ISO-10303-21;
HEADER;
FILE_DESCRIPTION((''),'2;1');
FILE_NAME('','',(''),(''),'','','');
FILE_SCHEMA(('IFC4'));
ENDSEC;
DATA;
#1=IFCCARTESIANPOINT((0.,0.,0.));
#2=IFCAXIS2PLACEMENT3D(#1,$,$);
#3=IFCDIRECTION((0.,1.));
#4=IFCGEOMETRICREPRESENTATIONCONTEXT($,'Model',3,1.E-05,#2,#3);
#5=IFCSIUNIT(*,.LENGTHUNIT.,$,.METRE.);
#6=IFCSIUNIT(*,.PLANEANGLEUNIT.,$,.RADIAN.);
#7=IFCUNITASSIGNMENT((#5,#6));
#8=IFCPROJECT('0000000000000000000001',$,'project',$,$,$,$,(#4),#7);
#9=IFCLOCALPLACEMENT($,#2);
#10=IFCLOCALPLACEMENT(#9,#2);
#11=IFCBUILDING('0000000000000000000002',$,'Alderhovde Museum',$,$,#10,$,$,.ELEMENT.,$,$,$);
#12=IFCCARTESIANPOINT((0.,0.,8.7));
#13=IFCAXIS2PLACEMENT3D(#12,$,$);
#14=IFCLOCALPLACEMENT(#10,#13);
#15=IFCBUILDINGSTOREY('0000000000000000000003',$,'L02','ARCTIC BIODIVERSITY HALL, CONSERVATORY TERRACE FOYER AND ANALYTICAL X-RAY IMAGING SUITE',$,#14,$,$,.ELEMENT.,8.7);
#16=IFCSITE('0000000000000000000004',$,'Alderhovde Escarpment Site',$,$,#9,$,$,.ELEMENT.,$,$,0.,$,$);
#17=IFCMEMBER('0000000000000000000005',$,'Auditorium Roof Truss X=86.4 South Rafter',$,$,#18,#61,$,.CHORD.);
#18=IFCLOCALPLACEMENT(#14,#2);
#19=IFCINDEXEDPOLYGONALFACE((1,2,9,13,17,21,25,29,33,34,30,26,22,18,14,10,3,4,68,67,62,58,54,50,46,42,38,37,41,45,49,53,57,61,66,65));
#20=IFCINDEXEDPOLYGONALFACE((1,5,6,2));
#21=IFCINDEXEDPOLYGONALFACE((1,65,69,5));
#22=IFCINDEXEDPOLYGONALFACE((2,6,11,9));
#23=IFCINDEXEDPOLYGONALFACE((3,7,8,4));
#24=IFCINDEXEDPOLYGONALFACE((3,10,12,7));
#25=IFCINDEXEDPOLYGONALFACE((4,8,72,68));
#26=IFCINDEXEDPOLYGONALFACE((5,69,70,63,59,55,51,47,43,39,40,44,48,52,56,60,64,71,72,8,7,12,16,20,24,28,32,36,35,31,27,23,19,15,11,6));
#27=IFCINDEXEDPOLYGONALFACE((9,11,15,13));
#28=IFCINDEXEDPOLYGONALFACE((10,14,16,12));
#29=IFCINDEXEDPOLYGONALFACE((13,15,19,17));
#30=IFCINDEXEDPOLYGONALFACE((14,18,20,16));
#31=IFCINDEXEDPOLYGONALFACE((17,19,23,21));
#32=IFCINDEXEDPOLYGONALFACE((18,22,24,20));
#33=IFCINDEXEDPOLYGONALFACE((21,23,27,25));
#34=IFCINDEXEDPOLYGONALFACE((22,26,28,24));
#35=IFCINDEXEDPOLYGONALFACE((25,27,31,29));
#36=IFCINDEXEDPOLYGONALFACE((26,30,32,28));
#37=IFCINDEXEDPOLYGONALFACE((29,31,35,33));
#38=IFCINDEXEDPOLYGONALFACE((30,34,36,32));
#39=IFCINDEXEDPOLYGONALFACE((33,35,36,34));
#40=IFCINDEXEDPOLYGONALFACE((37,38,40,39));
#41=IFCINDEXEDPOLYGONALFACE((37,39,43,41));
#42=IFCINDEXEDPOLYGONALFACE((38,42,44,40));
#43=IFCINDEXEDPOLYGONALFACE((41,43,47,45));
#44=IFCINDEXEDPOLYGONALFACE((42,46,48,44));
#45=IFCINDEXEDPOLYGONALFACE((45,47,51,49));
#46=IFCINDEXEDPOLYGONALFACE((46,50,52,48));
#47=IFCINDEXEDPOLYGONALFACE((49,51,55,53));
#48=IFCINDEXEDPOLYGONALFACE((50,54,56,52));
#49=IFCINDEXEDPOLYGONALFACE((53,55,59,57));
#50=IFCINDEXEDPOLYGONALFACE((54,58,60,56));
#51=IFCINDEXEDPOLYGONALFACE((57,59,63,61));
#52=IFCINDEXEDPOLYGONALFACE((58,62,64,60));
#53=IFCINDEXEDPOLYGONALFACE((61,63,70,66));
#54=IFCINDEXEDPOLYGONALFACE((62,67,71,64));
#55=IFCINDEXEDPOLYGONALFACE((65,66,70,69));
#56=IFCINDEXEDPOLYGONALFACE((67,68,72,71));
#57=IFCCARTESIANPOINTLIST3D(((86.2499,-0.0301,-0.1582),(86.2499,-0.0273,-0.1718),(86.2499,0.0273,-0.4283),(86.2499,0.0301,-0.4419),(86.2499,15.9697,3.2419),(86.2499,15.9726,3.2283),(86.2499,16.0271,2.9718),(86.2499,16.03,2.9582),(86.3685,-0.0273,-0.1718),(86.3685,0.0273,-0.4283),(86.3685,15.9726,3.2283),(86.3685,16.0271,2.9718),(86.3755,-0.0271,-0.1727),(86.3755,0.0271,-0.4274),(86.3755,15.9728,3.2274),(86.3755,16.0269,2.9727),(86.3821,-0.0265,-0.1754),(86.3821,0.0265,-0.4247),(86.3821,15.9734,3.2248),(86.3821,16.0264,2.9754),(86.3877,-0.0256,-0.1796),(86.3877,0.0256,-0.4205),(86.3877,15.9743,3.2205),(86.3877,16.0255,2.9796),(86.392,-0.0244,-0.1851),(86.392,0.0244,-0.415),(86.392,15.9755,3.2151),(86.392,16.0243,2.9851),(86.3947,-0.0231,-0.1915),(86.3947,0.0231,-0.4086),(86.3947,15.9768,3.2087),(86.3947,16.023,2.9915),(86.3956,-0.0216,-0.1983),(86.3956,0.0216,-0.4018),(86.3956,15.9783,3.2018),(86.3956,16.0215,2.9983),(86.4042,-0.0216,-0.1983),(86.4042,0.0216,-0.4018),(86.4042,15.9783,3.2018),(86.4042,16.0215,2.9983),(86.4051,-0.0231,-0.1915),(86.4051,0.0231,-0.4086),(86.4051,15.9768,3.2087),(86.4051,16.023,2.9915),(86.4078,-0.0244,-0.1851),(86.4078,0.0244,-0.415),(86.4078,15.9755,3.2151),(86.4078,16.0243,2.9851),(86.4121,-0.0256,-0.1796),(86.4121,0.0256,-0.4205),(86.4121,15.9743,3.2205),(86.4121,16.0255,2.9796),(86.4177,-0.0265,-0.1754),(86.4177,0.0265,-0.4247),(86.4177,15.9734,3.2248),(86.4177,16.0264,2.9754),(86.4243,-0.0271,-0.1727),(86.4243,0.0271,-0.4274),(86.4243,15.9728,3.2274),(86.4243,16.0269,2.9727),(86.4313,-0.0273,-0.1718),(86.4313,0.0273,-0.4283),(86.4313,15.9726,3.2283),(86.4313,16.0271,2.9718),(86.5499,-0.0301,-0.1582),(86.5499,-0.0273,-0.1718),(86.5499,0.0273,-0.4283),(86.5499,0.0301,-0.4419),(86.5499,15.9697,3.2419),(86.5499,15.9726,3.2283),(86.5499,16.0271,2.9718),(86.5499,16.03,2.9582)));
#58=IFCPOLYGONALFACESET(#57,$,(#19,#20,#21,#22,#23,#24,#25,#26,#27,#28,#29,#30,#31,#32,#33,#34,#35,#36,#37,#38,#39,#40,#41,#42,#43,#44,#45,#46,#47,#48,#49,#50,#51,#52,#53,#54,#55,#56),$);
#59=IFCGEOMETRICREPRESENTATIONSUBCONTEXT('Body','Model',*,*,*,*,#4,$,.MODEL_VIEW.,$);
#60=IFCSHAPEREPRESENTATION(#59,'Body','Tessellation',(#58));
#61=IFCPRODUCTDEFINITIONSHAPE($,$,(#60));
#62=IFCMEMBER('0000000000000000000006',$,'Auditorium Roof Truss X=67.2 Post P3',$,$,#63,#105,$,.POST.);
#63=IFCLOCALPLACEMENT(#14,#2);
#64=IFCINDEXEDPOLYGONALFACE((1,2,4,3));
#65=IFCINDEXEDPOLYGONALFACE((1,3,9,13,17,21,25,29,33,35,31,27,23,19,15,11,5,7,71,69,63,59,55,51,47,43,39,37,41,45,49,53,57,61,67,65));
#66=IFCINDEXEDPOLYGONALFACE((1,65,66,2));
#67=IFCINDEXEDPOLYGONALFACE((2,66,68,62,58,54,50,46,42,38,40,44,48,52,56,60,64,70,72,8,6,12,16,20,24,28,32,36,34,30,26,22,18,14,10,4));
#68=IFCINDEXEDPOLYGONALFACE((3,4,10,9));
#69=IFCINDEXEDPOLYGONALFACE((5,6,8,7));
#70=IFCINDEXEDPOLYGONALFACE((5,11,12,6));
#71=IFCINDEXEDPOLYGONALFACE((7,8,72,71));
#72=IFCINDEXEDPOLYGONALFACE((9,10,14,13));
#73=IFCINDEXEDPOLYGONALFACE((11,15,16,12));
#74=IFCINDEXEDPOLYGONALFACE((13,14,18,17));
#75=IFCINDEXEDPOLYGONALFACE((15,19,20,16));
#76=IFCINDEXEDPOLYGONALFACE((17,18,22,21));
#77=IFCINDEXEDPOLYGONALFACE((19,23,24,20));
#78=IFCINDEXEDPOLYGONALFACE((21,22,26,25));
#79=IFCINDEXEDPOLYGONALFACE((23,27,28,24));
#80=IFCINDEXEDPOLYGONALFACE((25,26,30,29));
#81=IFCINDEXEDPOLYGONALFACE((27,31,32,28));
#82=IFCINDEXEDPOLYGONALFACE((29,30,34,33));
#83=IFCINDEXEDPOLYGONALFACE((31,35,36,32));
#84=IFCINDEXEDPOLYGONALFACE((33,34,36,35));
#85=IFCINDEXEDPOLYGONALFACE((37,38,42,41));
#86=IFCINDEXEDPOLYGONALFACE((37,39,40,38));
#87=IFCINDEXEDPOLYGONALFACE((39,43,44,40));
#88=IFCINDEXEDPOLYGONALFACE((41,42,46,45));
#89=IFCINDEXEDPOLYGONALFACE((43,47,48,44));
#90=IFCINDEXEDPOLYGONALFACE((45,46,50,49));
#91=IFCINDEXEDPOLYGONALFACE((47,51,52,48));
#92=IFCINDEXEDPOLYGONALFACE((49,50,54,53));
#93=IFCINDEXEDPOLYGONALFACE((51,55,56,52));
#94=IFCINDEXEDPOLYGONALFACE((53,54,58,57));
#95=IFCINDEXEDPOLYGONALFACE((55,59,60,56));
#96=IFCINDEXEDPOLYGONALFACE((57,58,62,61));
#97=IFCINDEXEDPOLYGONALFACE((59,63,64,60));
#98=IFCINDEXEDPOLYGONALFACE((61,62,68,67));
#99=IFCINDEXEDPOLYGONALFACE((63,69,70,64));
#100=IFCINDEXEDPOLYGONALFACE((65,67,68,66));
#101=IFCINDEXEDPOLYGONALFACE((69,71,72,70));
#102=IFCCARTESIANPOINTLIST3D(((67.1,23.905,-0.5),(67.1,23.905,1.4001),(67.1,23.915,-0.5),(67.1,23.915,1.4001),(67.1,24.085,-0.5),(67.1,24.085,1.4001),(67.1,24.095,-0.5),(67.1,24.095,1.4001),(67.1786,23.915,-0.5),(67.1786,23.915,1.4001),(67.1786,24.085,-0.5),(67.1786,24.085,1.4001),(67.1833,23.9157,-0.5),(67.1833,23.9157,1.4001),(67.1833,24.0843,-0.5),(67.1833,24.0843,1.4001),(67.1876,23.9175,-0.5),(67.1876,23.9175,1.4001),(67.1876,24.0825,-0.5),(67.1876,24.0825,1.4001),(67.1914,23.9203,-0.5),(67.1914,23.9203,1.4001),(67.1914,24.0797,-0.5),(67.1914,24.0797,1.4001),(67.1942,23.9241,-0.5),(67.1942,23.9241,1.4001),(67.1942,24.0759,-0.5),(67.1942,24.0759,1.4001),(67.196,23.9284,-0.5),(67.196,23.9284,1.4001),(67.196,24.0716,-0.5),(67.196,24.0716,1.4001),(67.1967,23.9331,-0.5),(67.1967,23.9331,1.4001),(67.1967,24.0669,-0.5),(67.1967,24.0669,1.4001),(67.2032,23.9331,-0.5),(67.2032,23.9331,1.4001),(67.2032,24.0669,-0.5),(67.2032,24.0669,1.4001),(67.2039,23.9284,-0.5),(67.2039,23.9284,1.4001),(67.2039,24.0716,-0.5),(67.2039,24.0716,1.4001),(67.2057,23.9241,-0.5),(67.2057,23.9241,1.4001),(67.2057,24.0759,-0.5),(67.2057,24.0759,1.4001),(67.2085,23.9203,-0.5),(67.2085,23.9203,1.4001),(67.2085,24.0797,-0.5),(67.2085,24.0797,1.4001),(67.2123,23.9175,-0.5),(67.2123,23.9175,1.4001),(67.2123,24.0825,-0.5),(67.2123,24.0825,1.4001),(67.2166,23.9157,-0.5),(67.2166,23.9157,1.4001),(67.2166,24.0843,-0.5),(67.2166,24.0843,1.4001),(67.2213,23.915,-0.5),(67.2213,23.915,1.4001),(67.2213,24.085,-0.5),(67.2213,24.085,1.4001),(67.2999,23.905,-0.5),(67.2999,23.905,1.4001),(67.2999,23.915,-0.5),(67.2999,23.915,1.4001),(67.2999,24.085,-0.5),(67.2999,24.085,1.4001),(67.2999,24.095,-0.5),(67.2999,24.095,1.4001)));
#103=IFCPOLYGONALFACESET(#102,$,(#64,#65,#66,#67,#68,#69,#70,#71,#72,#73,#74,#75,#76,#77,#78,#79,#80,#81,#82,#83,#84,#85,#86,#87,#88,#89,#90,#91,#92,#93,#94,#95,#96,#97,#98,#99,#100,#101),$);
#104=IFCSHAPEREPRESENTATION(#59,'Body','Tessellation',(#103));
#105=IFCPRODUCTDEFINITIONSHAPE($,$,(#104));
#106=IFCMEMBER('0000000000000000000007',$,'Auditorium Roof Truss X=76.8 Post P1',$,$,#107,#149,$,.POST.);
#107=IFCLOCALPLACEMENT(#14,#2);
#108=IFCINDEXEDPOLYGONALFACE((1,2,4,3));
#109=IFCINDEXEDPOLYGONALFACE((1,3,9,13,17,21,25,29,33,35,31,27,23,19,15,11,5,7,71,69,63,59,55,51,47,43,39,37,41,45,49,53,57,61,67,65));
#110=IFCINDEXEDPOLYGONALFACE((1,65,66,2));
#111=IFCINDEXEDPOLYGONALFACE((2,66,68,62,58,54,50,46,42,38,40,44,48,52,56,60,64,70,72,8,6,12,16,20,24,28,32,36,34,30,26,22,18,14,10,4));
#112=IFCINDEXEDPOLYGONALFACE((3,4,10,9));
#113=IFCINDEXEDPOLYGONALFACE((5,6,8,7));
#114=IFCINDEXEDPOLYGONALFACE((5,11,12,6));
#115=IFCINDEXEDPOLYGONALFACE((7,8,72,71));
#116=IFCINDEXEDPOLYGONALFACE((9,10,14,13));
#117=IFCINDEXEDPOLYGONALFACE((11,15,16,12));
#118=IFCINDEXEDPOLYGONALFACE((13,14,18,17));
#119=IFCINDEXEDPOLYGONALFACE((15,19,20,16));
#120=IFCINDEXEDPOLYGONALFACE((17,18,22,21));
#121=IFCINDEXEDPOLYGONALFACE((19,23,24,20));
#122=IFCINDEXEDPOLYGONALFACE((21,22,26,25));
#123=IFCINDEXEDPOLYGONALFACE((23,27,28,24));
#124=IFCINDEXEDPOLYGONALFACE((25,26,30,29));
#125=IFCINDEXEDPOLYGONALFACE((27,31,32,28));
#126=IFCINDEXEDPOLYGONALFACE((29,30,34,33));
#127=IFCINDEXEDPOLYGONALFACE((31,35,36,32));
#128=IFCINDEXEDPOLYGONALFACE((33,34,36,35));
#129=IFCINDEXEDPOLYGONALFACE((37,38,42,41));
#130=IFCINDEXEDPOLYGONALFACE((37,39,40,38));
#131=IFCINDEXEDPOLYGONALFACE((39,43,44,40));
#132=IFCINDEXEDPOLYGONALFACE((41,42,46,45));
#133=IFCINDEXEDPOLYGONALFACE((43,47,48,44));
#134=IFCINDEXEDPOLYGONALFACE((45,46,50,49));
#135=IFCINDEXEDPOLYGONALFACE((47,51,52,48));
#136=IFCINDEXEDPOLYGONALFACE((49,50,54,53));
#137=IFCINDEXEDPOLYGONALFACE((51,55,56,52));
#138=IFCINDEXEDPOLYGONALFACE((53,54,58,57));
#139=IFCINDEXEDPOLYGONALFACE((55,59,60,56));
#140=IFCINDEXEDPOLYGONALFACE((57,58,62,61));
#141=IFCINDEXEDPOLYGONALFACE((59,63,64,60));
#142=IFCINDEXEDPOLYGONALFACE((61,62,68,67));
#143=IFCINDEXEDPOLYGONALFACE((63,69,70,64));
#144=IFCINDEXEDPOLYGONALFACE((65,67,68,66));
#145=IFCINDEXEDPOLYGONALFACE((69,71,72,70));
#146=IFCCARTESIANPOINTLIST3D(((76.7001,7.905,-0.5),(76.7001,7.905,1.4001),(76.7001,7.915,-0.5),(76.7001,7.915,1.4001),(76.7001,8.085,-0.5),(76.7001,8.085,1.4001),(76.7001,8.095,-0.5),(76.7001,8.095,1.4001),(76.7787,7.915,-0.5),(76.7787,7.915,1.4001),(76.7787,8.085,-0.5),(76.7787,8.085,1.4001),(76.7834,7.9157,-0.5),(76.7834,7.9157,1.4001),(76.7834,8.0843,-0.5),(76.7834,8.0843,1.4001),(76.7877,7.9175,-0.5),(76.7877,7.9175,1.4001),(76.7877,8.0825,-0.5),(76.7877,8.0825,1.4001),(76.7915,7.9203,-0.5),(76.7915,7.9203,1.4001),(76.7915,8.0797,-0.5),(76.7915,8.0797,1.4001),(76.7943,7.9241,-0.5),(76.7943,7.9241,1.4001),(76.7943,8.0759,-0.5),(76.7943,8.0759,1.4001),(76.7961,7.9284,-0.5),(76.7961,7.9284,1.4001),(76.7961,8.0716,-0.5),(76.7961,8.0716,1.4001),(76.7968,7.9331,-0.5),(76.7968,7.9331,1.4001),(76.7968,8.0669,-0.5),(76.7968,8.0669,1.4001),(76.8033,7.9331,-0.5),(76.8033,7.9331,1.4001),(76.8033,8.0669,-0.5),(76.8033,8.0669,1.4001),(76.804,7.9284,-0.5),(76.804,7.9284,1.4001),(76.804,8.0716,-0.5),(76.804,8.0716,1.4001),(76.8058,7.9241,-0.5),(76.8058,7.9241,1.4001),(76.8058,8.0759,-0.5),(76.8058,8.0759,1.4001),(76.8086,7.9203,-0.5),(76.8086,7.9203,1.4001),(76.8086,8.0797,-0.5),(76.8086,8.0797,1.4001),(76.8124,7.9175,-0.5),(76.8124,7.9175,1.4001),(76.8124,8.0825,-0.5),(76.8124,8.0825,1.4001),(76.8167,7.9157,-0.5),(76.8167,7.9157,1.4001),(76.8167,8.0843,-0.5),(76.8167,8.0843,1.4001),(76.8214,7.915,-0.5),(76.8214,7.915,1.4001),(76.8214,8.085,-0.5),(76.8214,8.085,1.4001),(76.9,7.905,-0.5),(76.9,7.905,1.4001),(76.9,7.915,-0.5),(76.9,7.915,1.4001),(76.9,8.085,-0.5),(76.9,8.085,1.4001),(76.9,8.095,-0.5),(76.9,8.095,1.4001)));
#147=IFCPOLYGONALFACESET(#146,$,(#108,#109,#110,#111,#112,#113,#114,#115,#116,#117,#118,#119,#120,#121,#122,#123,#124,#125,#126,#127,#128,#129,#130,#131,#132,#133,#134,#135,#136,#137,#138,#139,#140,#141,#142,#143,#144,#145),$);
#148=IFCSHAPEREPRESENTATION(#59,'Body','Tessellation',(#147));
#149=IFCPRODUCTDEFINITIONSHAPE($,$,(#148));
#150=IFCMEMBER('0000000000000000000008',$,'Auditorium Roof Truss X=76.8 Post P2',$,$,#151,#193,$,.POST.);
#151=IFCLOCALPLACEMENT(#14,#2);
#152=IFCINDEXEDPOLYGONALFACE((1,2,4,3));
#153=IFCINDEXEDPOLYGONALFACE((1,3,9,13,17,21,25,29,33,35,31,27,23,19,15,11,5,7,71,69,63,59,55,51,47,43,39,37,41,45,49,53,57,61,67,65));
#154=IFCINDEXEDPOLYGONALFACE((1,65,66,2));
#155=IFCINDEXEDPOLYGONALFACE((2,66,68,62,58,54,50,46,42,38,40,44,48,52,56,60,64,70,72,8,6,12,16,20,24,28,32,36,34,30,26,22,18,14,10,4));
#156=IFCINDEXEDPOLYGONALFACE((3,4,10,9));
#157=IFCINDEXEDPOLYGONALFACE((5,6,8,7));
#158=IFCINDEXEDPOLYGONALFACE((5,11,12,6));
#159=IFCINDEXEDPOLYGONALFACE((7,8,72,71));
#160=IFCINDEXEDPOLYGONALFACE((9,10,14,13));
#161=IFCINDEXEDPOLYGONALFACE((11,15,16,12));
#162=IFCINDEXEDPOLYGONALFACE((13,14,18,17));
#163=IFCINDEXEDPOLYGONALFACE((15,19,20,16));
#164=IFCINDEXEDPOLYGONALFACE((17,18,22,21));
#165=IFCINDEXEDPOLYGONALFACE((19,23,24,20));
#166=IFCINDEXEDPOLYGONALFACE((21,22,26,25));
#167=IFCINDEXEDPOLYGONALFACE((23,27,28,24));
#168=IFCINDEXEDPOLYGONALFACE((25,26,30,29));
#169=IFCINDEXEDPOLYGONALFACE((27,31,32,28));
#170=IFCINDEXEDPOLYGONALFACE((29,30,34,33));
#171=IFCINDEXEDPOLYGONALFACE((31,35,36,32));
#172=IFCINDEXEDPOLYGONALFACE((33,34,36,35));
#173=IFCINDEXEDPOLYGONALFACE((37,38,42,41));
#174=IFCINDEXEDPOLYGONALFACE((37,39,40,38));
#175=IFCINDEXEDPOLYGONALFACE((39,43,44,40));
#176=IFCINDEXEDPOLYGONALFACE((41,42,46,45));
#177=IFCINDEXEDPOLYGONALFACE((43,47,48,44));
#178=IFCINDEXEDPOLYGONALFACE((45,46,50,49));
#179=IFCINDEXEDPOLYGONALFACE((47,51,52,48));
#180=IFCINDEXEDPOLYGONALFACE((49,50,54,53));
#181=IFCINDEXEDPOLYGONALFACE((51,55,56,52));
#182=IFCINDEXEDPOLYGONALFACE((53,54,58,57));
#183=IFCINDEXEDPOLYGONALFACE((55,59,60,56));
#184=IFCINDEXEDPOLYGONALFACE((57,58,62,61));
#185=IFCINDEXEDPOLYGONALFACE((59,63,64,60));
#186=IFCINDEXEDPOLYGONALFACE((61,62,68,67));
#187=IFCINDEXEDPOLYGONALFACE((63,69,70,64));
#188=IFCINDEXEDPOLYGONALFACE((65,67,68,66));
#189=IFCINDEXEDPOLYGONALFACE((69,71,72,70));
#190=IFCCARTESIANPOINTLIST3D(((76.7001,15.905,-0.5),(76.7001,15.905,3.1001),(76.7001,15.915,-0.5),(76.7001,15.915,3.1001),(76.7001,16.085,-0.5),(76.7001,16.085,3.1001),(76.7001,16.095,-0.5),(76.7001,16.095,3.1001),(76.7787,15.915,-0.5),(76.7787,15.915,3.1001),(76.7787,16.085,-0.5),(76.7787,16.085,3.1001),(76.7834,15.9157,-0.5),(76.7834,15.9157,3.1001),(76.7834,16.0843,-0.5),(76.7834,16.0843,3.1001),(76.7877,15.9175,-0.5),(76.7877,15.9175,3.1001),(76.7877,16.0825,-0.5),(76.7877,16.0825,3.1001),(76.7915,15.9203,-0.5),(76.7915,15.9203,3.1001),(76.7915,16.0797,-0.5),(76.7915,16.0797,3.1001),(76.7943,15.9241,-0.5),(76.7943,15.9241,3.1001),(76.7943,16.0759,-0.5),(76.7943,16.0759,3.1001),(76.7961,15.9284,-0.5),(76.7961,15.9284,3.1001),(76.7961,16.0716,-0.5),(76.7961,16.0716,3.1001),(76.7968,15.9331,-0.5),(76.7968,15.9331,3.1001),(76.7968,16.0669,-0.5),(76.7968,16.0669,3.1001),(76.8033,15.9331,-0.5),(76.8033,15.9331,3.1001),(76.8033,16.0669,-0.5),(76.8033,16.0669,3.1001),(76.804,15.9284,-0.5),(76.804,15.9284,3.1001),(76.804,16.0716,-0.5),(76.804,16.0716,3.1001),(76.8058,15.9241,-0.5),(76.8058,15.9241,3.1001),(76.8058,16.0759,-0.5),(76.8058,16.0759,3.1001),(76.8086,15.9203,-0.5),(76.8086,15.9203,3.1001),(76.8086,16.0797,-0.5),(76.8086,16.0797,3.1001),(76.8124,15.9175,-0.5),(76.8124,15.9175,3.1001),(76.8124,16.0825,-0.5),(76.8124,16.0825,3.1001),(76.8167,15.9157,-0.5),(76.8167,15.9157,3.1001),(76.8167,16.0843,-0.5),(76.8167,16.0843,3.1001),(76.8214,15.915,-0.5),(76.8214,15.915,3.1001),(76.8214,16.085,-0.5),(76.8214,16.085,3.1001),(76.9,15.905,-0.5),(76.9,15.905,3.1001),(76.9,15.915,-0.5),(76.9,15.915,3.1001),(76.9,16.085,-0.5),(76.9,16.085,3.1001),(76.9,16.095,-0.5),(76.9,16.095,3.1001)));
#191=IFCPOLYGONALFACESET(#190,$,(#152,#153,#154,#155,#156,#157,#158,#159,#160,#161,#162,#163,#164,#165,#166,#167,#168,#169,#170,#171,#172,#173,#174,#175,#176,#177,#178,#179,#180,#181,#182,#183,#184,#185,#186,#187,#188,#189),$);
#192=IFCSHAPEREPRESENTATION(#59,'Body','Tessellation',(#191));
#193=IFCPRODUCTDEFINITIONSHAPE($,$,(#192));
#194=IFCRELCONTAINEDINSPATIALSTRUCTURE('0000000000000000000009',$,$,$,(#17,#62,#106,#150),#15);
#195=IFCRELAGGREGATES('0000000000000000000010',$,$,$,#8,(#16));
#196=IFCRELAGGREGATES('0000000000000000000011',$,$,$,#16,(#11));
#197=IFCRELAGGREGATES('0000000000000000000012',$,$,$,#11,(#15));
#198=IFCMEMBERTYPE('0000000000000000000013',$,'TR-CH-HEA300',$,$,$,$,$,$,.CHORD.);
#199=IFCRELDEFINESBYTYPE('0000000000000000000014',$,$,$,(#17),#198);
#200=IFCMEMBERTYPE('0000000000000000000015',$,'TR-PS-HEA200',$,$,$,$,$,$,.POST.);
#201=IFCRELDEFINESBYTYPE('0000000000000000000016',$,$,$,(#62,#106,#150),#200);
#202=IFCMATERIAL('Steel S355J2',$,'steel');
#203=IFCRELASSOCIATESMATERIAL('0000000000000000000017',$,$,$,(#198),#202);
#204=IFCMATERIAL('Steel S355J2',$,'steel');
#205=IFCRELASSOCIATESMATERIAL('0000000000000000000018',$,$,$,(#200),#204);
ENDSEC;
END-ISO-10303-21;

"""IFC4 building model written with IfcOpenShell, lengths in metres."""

from ifc_helpers import new_model, si_unit, direction, frame, origin, origin_2d, place, context, subcontext, project, spatial, i_section, extrude, material, material_profile, profile_set, type_object, element, save


model = new_model("IFC4")

# Units and contexts
model_context = context("Model", 3, precision=1e-05, world=origin(), true_north=direction((0.0, 1.0)))
body_context = subcontext(model_context, "Body", "Model", "MODEL_VIEW")
ifc_project = project(units=[si_unit("LENGTHUNIT", "METRE"), si_unit("PLANEANGLEUNIT", "RADIAN")], contexts=[model_context])

# Site, building, storey
site_placement = place(None, origin())
site = spatial("IfcSite", under=ifc_project, at=site_placement, Name="Alderhovde Escarpment Site", CompositionType="ELEMENT", RefElevation=0.0)
building_placement = place(site_placement, origin())
building = spatial("IfcBuilding", under=site, at=building_placement, Name="Alderhovde Museum", CompositionType="ELEMENT")
storey_placement = place(building_placement, frame((0.0, 0.0, 8.7)))
storey = spatial("IfcBuildingStorey", under=building, at=storey_placement, Name="L02", Description="ARCTIC BIODIVERSITY HALL, CONSERVATORY TERRACE FOYER AND ANALYTICAL X-RAY IMAGING SUITE", CompositionType="ELEMENT", Elevation=8.7)

# Members
ifc_material_1 = material(Name="Steel S355J2", Category="steel")
ifc_material_profile_1 = material_profile(ifc_material_1, i_section(OverallWidth=0.3, OverallDepth=0.29, WebThickness=0.0085, FlangeThickness=0.0139, FilletRadius=0.0271, at=origin_2d()), Name="HEA 300")
ifc_profile_set_1 = profile_set([ifc_material_profile_1], Name="Steel S355J2")
member_type_1 = type_object("IfcMemberType", Name="TR-CH-HEA300", PredefinedType="CHORD", material=ifc_profile_set_1)
for number, where, z_axis, x_axis, name in (
    (1, (86.3999, 0.0, -0.3), (0.0, 0.978157, 0.207867), (-1.0, 0.0, 0.0), "Auditorium Roof Truss X=86.4 South Rafter"),
):
    element("IfcMember", number, at=place(storey_placement, frame(where, z_axis=z_axis, x_axis=x_axis)), inside=storey, type_object=member_type_1, Name=name, PredefinedType="CHORD", context=body_context, shape_type="SweptSolid", body=[
        extrude(i_section(OverallWidth=0.3, OverallDepth=0.29, WebThickness=0.0085, FlangeThickness=0.0139, FilletRadius=0.0271, at=origin_2d()), origin(), (0.0, 0.0, 1.0), 16.3572),
    ])
ifc_material_2 = material(Name="Steel S355J2", Category="steel")
ifc_material_profile_2 = material_profile(ifc_material_2, i_section(OverallWidth=0.2, OverallDepth=0.1899, WebThickness=0.0066, FlangeThickness=0.01, FilletRadius=0.0181, at=origin_2d()), Name="HEA 200")
ifc_profile_set_2 = profile_set([ifc_material_profile_2], Name="Steel S355J2")
member_type_2 = type_object("IfcMemberType", Name="TR-PS-HEA200", PredefinedType="POST", material=ifc_profile_set_2)
for number, where, z_axis, x_axis, name in (
    (2, (67.2, 24.0, -0.5), (0.0, 0.0, 1.0), (1.0, 0.0, 0.0), "Auditorium Roof Truss X=67.2 Post P3"),
    (3, (76.8, 8.0, -0.5), (0.0, 0.0, 1.0), (1.0, 0.0, 0.0), "Auditorium Roof Truss X=76.8 Post P1"),
):
    element("IfcMember", number, at=place(storey_placement, frame(where, z_axis=z_axis, x_axis=x_axis)), inside=storey, type_object=member_type_2, Name=name, PredefinedType="POST", context=body_context, shape_type="SweptSolid", body=[
        extrude(i_section(OverallWidth=0.2, OverallDepth=0.1899, WebThickness=0.0066, FlangeThickness=0.01, FilletRadius=0.0181, at=origin_2d()), origin(), (0.0, 0.0, 1.0), 1.9001),
    ])
member_1_placement = place(storey_placement, frame((76.8, 16.0, -0.5), z_axis=(0.0, 0.0, 1.0), x_axis=(1.0, 0.0, 0.0)))
element("IfcMember", 4, at=member_1_placement, inside=storey, type_object=member_type_2, Name="Auditorium Roof Truss X=76.8 Post P2", PredefinedType="POST", context=body_context, shape_type="SweptSolid", body=[
    extrude(i_section(OverallWidth=0.2, OverallDepth=0.1899, WebThickness=0.0066, FlangeThickness=0.01, FilletRadius=0.0181, at=origin_2d()), origin(), (0.0, 0.0, 1.0), 3.6001),
])

save(model, "model.ifc")
